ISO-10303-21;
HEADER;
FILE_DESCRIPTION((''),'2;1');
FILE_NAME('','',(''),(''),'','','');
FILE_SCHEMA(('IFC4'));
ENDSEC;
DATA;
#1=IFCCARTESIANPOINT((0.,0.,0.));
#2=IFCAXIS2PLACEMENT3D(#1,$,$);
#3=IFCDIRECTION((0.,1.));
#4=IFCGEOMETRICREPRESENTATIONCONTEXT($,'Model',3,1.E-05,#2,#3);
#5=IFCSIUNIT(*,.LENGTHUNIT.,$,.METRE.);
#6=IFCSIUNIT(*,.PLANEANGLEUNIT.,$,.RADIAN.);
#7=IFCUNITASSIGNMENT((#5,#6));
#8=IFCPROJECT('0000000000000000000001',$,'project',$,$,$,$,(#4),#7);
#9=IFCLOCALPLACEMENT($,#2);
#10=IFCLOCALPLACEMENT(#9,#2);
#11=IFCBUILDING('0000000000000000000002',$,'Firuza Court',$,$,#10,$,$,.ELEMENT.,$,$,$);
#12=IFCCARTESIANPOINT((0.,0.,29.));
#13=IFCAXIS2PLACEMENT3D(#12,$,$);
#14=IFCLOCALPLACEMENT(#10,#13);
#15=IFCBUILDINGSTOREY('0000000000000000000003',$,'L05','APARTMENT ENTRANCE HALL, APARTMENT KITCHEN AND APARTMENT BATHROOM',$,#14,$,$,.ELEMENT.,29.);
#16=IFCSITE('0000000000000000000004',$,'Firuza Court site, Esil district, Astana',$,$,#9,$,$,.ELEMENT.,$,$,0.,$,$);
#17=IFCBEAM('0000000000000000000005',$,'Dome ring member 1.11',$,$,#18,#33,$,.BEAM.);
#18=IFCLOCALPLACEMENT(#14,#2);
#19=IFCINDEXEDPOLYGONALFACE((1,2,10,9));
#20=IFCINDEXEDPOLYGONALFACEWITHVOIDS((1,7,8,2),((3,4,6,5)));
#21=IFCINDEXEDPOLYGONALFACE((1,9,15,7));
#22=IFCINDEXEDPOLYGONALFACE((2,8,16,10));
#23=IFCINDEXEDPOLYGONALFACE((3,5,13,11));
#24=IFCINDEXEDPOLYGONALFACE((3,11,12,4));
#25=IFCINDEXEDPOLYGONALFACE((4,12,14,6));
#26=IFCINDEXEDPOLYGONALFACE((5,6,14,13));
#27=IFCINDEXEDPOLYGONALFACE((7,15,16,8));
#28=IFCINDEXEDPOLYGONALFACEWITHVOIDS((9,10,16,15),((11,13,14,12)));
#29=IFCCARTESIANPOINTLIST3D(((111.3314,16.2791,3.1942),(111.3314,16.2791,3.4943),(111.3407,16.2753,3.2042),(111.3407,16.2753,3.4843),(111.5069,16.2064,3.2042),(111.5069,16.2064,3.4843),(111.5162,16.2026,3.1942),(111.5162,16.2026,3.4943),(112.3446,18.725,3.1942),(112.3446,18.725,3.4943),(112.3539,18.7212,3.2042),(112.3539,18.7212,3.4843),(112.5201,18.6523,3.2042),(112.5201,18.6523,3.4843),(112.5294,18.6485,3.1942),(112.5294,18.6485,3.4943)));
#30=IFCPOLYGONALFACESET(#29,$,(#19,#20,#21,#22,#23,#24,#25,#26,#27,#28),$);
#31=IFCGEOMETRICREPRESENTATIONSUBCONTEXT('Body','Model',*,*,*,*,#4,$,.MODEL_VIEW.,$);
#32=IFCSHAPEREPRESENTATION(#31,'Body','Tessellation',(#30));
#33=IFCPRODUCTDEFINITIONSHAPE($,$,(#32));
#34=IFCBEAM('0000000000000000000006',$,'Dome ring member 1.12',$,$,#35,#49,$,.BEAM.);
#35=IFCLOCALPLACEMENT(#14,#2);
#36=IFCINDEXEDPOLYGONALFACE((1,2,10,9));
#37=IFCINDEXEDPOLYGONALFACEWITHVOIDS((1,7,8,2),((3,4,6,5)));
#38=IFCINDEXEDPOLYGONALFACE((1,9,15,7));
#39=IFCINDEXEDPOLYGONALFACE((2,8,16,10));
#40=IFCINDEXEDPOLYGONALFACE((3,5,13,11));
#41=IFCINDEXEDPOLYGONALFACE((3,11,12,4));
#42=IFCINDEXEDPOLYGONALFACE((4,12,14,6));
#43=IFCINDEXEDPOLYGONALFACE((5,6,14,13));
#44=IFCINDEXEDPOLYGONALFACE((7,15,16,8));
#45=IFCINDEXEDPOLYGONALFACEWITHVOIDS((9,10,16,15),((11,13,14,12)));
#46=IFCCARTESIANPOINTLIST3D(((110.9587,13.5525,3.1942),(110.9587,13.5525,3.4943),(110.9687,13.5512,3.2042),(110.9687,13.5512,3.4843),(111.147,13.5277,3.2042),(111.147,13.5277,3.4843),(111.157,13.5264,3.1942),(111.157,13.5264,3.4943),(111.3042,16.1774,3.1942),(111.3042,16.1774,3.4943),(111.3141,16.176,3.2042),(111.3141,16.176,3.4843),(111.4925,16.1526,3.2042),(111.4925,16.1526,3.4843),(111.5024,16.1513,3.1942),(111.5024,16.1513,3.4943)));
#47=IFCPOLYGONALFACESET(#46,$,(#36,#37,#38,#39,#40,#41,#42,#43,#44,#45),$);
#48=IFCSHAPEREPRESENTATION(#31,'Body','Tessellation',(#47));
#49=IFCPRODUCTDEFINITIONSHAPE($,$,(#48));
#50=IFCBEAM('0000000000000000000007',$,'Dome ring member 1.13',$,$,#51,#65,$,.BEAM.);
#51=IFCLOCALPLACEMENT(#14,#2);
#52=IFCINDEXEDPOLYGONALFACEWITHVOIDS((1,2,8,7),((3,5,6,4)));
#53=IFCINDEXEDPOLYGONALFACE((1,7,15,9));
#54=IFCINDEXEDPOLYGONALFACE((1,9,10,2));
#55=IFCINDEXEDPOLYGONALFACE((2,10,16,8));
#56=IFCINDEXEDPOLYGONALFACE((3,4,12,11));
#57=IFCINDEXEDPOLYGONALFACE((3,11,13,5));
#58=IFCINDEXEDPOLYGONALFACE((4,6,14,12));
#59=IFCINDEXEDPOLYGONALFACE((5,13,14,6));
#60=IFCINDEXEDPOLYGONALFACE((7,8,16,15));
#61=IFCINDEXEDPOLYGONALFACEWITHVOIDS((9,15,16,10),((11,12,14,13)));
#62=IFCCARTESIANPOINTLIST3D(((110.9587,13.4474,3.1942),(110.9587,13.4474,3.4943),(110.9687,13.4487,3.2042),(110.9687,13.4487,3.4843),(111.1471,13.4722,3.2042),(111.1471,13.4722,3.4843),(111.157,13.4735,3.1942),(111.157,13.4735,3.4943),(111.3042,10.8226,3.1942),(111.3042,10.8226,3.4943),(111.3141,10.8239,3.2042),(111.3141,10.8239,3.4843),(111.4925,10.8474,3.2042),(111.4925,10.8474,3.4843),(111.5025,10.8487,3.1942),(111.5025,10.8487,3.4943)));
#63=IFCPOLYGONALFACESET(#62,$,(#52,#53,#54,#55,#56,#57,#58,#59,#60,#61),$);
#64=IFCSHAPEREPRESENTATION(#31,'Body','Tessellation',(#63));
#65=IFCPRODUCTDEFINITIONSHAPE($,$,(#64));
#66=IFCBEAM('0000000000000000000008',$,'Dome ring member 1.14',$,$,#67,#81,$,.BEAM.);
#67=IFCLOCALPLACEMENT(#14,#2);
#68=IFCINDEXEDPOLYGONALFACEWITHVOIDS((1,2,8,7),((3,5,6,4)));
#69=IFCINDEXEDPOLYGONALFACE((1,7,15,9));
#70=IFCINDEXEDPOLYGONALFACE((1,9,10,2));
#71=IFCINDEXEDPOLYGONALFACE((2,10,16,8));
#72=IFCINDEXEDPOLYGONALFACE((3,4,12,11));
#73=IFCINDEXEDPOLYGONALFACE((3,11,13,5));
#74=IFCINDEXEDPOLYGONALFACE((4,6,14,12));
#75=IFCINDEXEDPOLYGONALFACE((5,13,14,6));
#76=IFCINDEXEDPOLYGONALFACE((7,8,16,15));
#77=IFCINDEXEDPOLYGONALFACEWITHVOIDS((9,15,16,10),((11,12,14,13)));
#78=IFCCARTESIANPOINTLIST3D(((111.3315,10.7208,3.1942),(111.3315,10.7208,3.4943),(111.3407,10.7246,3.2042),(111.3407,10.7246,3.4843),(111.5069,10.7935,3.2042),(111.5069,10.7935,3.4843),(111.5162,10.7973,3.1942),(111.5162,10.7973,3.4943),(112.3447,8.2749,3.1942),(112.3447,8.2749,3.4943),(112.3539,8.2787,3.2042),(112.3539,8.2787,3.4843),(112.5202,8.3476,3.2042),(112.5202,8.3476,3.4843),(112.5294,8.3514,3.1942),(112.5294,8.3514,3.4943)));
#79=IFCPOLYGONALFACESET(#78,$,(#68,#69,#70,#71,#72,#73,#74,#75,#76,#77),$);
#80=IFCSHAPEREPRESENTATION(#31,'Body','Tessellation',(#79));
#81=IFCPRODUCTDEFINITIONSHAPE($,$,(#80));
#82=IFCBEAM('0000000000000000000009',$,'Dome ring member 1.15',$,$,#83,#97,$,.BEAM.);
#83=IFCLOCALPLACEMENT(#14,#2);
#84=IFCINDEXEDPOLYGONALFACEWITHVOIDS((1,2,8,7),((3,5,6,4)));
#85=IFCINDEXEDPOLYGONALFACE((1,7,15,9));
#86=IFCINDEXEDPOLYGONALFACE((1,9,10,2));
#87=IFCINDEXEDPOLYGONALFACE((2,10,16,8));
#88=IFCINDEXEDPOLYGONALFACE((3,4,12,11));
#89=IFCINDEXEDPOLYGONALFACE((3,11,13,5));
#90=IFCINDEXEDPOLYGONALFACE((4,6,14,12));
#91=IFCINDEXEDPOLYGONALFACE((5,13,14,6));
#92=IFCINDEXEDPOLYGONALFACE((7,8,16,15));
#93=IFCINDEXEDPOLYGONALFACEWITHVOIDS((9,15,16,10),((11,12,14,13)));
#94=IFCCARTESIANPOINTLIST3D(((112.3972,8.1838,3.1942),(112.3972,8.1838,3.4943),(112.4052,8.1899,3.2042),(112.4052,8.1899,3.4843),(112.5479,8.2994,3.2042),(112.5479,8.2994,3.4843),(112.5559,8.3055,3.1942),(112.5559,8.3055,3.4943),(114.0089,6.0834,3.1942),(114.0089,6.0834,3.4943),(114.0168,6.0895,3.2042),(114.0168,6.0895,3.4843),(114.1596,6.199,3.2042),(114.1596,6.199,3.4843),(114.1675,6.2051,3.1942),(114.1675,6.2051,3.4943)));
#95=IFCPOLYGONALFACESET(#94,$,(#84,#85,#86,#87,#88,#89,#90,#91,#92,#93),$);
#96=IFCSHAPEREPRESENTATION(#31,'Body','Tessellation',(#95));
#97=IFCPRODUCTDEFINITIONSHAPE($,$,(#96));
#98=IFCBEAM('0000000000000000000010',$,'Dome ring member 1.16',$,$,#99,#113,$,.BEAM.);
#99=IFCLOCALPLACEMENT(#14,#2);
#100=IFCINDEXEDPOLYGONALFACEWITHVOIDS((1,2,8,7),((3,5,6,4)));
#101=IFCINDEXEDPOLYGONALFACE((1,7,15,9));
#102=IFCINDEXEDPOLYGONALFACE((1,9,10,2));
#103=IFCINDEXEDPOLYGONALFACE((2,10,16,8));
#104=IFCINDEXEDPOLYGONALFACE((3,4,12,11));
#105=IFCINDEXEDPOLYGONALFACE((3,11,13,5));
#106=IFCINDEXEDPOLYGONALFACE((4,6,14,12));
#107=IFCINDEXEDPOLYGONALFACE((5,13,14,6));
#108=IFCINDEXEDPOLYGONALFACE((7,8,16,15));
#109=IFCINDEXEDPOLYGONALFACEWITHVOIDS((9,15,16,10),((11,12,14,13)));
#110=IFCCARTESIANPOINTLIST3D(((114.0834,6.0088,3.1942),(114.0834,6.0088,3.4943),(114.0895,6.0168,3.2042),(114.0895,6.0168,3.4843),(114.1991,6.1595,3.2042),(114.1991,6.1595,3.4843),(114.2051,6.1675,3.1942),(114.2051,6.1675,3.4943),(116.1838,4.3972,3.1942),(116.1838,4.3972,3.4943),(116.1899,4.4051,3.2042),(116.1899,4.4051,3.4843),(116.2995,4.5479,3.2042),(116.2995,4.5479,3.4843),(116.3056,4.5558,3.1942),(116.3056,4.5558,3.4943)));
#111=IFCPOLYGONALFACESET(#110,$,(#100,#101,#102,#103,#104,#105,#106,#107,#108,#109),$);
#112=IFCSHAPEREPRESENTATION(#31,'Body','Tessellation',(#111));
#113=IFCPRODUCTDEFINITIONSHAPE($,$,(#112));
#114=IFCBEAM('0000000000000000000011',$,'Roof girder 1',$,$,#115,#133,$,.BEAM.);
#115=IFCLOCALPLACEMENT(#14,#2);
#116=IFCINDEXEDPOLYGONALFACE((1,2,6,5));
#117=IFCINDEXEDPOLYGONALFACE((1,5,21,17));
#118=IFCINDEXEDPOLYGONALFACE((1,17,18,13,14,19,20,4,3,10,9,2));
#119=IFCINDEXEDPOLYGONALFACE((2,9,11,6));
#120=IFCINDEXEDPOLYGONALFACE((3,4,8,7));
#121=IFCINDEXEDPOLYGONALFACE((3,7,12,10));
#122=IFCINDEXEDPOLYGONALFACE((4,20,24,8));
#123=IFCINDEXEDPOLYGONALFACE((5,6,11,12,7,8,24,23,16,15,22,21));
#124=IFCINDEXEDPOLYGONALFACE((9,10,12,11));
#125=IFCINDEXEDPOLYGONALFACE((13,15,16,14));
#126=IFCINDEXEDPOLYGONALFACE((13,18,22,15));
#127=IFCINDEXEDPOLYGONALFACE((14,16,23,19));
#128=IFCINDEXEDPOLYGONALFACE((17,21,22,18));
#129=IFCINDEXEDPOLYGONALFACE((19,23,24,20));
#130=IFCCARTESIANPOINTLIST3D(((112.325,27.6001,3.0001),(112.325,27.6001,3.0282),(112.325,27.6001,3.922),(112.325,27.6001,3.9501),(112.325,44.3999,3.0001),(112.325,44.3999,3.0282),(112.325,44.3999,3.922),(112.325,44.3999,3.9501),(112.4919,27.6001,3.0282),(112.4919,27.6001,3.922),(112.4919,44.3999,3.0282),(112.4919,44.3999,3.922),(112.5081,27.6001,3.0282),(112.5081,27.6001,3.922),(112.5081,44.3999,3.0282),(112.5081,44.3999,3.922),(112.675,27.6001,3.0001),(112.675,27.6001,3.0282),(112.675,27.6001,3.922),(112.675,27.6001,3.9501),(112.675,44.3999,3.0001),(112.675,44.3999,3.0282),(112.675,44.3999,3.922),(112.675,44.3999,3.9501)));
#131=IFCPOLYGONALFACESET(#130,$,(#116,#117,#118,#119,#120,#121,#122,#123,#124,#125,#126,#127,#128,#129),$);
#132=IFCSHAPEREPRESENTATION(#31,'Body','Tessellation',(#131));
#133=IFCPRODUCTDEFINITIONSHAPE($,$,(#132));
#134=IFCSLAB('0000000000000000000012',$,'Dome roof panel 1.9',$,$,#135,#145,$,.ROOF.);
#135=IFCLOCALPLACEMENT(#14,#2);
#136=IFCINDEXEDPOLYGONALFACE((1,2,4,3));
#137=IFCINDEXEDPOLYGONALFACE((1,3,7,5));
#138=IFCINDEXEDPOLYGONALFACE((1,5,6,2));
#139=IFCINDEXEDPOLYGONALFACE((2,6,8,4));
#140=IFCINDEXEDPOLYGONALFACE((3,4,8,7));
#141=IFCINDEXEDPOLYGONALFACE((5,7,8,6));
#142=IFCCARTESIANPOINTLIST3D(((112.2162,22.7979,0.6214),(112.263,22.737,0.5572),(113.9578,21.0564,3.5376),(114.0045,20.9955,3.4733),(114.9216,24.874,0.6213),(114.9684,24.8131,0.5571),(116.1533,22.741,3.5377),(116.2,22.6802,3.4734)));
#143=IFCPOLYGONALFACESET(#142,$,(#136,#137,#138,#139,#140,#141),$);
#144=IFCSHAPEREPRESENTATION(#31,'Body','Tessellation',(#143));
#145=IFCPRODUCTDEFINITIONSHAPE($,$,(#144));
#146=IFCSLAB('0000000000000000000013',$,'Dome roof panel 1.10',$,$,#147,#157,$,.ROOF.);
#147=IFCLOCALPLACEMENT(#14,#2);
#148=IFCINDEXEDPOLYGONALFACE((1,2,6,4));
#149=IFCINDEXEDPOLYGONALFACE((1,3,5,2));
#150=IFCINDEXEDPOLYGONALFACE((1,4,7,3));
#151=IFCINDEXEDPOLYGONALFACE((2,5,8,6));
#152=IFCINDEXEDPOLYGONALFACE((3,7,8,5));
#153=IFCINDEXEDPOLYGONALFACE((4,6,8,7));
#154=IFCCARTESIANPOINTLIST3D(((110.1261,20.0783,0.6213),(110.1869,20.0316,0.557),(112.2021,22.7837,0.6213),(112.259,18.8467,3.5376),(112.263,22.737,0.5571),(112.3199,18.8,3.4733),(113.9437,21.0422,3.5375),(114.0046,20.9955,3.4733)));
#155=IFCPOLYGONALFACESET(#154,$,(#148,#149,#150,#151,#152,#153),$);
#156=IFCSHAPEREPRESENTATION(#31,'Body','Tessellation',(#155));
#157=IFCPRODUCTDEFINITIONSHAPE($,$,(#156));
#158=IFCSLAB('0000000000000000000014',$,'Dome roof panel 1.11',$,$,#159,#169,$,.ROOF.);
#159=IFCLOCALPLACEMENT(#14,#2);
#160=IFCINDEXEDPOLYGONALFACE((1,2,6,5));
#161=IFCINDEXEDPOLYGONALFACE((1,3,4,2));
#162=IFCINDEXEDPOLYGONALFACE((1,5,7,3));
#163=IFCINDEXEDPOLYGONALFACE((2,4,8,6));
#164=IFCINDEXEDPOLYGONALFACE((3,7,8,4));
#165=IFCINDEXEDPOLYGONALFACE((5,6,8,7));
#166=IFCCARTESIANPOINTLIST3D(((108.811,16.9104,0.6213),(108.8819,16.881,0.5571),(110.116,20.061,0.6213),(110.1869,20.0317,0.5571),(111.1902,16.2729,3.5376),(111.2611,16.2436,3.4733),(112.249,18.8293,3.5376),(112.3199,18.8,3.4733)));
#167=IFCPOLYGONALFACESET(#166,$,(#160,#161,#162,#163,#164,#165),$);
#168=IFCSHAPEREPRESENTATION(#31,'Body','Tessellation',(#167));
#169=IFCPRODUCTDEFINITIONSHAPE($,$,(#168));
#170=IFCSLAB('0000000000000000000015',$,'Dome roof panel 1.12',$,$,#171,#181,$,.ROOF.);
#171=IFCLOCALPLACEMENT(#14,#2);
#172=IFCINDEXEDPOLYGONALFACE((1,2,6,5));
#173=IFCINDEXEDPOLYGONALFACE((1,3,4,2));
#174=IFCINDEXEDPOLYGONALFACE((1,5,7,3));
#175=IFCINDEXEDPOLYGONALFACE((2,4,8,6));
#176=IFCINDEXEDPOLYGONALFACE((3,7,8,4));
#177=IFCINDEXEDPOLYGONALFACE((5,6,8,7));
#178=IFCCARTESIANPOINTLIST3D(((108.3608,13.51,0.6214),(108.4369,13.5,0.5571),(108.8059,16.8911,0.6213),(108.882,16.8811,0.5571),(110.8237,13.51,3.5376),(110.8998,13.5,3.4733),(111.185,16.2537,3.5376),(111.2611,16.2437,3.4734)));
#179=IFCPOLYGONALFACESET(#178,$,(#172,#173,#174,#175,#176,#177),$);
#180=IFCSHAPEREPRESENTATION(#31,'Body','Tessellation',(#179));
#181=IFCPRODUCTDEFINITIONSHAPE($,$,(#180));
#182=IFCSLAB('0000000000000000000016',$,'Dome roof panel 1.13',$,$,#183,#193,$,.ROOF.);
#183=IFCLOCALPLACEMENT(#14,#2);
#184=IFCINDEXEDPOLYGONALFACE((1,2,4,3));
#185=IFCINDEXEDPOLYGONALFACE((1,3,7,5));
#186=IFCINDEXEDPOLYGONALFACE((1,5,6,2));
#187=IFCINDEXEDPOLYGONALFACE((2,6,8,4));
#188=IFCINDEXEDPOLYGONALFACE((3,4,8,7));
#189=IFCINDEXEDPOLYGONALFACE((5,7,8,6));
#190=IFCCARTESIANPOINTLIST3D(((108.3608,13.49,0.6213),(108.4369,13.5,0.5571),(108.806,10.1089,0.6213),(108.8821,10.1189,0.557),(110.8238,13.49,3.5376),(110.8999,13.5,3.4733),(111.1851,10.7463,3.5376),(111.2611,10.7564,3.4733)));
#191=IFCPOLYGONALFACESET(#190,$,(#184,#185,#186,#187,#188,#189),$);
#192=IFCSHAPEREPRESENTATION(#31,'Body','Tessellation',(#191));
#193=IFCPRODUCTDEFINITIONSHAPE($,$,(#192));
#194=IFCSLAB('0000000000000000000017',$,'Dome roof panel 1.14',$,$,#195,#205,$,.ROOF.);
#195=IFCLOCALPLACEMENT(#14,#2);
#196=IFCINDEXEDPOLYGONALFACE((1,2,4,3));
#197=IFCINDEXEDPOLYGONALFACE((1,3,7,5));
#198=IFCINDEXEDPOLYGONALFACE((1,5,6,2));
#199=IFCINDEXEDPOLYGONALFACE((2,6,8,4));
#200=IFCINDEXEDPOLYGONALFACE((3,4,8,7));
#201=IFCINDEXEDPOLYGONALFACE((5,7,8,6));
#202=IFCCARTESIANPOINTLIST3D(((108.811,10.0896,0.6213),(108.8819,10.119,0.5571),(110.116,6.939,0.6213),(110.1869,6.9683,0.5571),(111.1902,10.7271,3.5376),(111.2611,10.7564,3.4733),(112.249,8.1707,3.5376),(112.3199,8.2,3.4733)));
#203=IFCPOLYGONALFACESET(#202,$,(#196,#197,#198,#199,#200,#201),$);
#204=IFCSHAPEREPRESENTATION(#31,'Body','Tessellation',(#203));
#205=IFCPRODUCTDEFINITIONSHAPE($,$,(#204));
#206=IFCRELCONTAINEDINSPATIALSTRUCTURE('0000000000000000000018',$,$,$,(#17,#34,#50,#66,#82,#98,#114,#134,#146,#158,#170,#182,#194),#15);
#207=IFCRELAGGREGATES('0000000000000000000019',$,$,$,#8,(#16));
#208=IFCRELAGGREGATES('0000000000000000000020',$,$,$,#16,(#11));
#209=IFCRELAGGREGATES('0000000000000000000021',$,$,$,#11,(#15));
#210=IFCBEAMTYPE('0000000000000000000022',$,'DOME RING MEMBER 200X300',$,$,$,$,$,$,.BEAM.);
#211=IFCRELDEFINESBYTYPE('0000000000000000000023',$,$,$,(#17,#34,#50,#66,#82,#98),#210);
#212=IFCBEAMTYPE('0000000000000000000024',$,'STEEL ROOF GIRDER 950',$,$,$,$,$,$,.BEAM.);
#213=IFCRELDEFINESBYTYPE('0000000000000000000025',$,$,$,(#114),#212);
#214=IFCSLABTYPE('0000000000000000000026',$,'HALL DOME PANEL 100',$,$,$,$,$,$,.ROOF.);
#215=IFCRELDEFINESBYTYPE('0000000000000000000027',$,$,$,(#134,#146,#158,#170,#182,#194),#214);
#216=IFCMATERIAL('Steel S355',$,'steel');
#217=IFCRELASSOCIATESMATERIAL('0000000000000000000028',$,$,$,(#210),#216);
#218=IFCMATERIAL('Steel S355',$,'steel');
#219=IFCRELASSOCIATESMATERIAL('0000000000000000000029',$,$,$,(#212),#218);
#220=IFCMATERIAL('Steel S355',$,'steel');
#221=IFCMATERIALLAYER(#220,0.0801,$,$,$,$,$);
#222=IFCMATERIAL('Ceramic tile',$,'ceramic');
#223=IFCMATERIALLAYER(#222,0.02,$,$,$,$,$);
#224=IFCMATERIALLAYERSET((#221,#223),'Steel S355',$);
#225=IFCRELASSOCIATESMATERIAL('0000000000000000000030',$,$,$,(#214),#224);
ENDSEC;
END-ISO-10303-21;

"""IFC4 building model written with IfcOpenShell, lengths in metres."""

from ifc_helpers import new_model, si_unit, direction, frame, origin, origin_2d, place, context, subcontext, project, spatial, polyline, hollow_rectangle, i_section, outline, extrude, material, layer, layer_set, material_profile, profile_set, type_object, element, save


model = new_model("IFC4")

# Units and contexts
model_context = context("Model", 3, precision=1e-05, world=origin(), true_north=direction((0.0, 1.0)))
body_context = subcontext(model_context, "Body", "Model", "MODEL_VIEW")
ifc_project = project(units=[si_unit("LENGTHUNIT", "METRE"), si_unit("PLANEANGLEUNIT", "RADIAN")], contexts=[model_context])

# Site, building, storey
site_placement = place(None, origin())
site = spatial("IfcSite", under=ifc_project, at=site_placement, Name="Firuza Court site, Esil district, Astana", CompositionType="ELEMENT", RefElevation=0.0)
building_placement = place(site_placement, origin())
building = spatial("IfcBuilding", under=site, at=building_placement, Name="Firuza Court", CompositionType="ELEMENT")
storey_placement = place(building_placement, frame((0.0, 0.0, 29.0)))
storey = spatial("IfcBuildingStorey", under=building, at=storey_placement, Name="L05", Description="APARTMENT ENTRANCE HALL, APARTMENT KITCHEN AND APARTMENT BATHROOM", CompositionType="ELEMENT", Elevation=29.0)

# Beams
ifc_material_1 = material(Name="Steel S355", Category="steel")
ifc_material_profile_1 = material_profile(ifc_material_1, hollow_rectangle(XDim=0.2, YDim=0.3, WallThickness=0.01, at=origin_2d()), Name="RHS 300X200X10")
ifc_profile_set_1 = profile_set([ifc_material_profile_1], Name="Steel S355")
beam_type_1 = type_object("IfcBeamType", Name="DOME RING MEMBER 200X300", PredefinedType="BEAM", material=ifc_profile_set_1)
for number, where, z_axis, x_axis, name in (
    (1, (112.437, 18.6868, 3.3442), (-0.382716, -0.923866, 0.0), (0.923866, -0.382716, 0.0), "Dome ring member 1.11"),
    (2, (111.4033, 16.1643, 3.3442), (-0.13049, -0.99145, 0.0), (0.99145, -0.13049, 0.0), "Dome ring member 1.12"),
    (3, (111.0579, 13.4604, 3.3442), (0.13049, -0.99145, 0.0), (0.99145, 0.13049, 0.0), "Dome ring member 1.13"),
    (4, (111.4238, 10.759, 3.3442), (0.382716, -0.923866, 0.0), (0.923866, 0.382716, 0.0), "Dome ring member 1.14"),
    (5, (112.4766, 8.2446, 3.3442), (0.608743, -0.793367, 0.0), (0.793367, 0.608743, 0.0), "Dome ring member 1.15"),
    (6, (114.1443, 6.0881, 3.3442), (0.793367, -0.608743, 0.0), (0.608743, 0.793367, 0.0), "Dome ring member 1.16"),
):
    element("IfcBeam", number, at=place(storey_placement, frame(where, z_axis=z_axis, x_axis=x_axis)), inside=storey, type_object=beam_type_1, Name=name, PredefinedType="BEAM", context=body_context, shape_type="SweptSolid", body=[
        extrude(hollow_rectangle(XDim=0.2, YDim=0.3, WallThickness=0.01, at=origin_2d()), origin(), (0.0, 0.0, 1.0), 2.6475),
    ])
ifc_material_2 = material(Name="Steel S355", Category="steel")
ifc_material_profile_2 = material_profile(ifc_material_2, i_section(OverallWidth=0.3501, OverallDepth=0.95, WebThickness=0.0161, FlangeThickness=0.0281, at=origin_2d()), Name="I 950X350")
ifc_profile_set_2 = profile_set([ifc_material_profile_2], Name="Steel S355")
beam_type_2 = type_object("IfcBeamType", Name="STEEL ROOF GIRDER 950", PredefinedType="BEAM", material=ifc_profile_set_2)
beam_1_placement = place(storey_placement, frame((112.5, 27.6001, 3.4751), z_axis=(0.0, 1.0, 0.0), x_axis=(-1.0, 0.0, 0.0)))
element("IfcBeam", 7, at=beam_1_placement, inside=storey, type_object=beam_type_2, Name="Roof girder 1", PredefinedType="BEAM", context=body_context, shape_type="SweptSolid", body=[
    extrude(i_section(OverallWidth=0.3501, OverallDepth=0.95, WebThickness=0.0161, FlangeThickness=0.0281, at=origin_2d()), origin(), (0.0, 0.0, 1.0), 16.7998),
])

# Slabs
ifc_material_3 = material(Name="Steel S355", Category="steel")
ifc_layer_1 = layer(ifc_material_3, 0.0801)
ifc_material_4 = material(Name="Ceramic tile", Category="ceramic")
ifc_layer_2 = layer(ifc_material_4, 0.02)
ifc_layer_set = layer_set([ifc_layer_1, ifc_layer_2], Name="Steel S355")
slab_type = type_object("IfcSlabType", Name="HALL DOME PANEL 100", PredefinedType="ROOF", material=ifc_layer_set)
slab_1_placement = place(storey_placement, frame((114.9216, 24.874, 0.6213), z_axis=(-0.466756, 0.608261, 0.641995), x_axis=(0.322646, -0.55877, 0.763986)))
element("IfcSlab", 8, at=slab_1_placement, inside=storey, type_object=slab_type, Name="Dome roof panel 1.9", PredefinedType="ROOF", context=body_context, shape_type="SweptSolid", body=[
    extrude(outline(polyline([(0.0, 0.0), (3.8173, 0.0), (4.0502, -2.7575), (0.2872, -3.3981), (0.0, 0.0)])), origin(), (0.0, 0.0, -1.0), 0.1001),
])
slab_2_placement = place(storey_placement, frame((112.2021, 22.7837, 0.6213), z_axis=(-0.608261, 0.466756, 0.641995), x_axis=(0.456251, -0.456246, 0.763986)))
element("IfcSlab", 9, at=slab_2_placement, inside=storey, type_object=slab_type, Name="Dome roof panel 1.10", PredefinedType="ROOF", context=body_context, shape_type="SweptSolid", body=[
    extrude(outline(polyline([(0.0, 0.0), (3.8171, 0.0), (4.0502, -2.7575), (0.287, -3.3981), (0.0, 0.0)])), origin(), (0.0, 0.0, -1.0), 0.1001),
])
slab_3_placement = place(storey_placement, frame((110.116, 20.061, 0.6213), z_axis=(-0.70834, 0.293384, 0.642013), x_axis=(0.558789, -0.322661, 0.763966)))
element("IfcSlab", 10, at=slab_3_placement, inside=storey, type_object=slab_type, Name="Dome roof panel 1.11", PredefinedType="ROOF", context=body_context, shape_type="SweptSolid", body=[
    extrude(outline(polyline([(0.0, 0.0), (3.8173, 0.0), (4.0505, -2.7572), (0.2874, -3.398), (0.0, 0.0)])), origin(), (0.0, 0.0, -1.0), 0.1001),
])
slab_4_placement = place(storey_placement, frame((108.8059, 16.8911, 0.6213), z_axis=(-0.760147, 0.100082, 0.641997), x_axis=(0.623251, -0.166991, 0.763984)))
element("IfcSlab", 11, at=slab_4_placement, inside=storey, type_object=slab_type, Name="Dome roof panel 1.12", PredefinedType="ROOF", context=body_context, shape_type="SweptSolid", body=[
    extrude(outline(polyline([(0.0, 0.0), (3.8172, 0.0), (4.0502, -2.7575), (0.2872, -3.3982), (0.0, 0.0)])), origin(), (0.0, 0.0, -1.0), 0.1001),
])
slab_5_placement = place(storey_placement, frame((108.3608, 13.49, 0.6213), z_axis=(-0.760147, -0.100082, 0.641997), x_axis=(0.645237, 0.000002, 0.763983)))
element("IfcSlab", 12, at=slab_5_placement, inside=storey, type_object=slab_type, Name="Dome roof panel 1.13", PredefinedType="ROOF", context=body_context, shape_type="SweptSolid", body=[
    extrude(outline(polyline([(0.0, 0.0), (3.8171, 0.0), (4.0503, -2.7575), (0.2872, -3.3982), (0.0, 0.0)])), origin(), (0.0, 0.0, -1.0), 0.1001),
])
slab_6_placement = place(storey_placement, frame((108.811, 10.0896, 0.6213), z_axis=(-0.70834, -0.293384, 0.642013), x_axis=(0.623268, 0.166994, 0.76397)))
element("IfcSlab", 13, at=slab_6_placement, inside=storey, type_object=slab_type, Name="Dome roof panel 1.14", PredefinedType="ROOF", context=body_context, shape_type="SweptSolid", body=[
    extrude(outline(polyline([(0.0, 0.0), (3.8172, 0.0), (4.0503, -2.7572), (0.2872, -3.3981), (0.0, 0.0)])), origin(), (0.0, 0.0, -1.0), 0.1001),
])

save(model, "model.ifc")
